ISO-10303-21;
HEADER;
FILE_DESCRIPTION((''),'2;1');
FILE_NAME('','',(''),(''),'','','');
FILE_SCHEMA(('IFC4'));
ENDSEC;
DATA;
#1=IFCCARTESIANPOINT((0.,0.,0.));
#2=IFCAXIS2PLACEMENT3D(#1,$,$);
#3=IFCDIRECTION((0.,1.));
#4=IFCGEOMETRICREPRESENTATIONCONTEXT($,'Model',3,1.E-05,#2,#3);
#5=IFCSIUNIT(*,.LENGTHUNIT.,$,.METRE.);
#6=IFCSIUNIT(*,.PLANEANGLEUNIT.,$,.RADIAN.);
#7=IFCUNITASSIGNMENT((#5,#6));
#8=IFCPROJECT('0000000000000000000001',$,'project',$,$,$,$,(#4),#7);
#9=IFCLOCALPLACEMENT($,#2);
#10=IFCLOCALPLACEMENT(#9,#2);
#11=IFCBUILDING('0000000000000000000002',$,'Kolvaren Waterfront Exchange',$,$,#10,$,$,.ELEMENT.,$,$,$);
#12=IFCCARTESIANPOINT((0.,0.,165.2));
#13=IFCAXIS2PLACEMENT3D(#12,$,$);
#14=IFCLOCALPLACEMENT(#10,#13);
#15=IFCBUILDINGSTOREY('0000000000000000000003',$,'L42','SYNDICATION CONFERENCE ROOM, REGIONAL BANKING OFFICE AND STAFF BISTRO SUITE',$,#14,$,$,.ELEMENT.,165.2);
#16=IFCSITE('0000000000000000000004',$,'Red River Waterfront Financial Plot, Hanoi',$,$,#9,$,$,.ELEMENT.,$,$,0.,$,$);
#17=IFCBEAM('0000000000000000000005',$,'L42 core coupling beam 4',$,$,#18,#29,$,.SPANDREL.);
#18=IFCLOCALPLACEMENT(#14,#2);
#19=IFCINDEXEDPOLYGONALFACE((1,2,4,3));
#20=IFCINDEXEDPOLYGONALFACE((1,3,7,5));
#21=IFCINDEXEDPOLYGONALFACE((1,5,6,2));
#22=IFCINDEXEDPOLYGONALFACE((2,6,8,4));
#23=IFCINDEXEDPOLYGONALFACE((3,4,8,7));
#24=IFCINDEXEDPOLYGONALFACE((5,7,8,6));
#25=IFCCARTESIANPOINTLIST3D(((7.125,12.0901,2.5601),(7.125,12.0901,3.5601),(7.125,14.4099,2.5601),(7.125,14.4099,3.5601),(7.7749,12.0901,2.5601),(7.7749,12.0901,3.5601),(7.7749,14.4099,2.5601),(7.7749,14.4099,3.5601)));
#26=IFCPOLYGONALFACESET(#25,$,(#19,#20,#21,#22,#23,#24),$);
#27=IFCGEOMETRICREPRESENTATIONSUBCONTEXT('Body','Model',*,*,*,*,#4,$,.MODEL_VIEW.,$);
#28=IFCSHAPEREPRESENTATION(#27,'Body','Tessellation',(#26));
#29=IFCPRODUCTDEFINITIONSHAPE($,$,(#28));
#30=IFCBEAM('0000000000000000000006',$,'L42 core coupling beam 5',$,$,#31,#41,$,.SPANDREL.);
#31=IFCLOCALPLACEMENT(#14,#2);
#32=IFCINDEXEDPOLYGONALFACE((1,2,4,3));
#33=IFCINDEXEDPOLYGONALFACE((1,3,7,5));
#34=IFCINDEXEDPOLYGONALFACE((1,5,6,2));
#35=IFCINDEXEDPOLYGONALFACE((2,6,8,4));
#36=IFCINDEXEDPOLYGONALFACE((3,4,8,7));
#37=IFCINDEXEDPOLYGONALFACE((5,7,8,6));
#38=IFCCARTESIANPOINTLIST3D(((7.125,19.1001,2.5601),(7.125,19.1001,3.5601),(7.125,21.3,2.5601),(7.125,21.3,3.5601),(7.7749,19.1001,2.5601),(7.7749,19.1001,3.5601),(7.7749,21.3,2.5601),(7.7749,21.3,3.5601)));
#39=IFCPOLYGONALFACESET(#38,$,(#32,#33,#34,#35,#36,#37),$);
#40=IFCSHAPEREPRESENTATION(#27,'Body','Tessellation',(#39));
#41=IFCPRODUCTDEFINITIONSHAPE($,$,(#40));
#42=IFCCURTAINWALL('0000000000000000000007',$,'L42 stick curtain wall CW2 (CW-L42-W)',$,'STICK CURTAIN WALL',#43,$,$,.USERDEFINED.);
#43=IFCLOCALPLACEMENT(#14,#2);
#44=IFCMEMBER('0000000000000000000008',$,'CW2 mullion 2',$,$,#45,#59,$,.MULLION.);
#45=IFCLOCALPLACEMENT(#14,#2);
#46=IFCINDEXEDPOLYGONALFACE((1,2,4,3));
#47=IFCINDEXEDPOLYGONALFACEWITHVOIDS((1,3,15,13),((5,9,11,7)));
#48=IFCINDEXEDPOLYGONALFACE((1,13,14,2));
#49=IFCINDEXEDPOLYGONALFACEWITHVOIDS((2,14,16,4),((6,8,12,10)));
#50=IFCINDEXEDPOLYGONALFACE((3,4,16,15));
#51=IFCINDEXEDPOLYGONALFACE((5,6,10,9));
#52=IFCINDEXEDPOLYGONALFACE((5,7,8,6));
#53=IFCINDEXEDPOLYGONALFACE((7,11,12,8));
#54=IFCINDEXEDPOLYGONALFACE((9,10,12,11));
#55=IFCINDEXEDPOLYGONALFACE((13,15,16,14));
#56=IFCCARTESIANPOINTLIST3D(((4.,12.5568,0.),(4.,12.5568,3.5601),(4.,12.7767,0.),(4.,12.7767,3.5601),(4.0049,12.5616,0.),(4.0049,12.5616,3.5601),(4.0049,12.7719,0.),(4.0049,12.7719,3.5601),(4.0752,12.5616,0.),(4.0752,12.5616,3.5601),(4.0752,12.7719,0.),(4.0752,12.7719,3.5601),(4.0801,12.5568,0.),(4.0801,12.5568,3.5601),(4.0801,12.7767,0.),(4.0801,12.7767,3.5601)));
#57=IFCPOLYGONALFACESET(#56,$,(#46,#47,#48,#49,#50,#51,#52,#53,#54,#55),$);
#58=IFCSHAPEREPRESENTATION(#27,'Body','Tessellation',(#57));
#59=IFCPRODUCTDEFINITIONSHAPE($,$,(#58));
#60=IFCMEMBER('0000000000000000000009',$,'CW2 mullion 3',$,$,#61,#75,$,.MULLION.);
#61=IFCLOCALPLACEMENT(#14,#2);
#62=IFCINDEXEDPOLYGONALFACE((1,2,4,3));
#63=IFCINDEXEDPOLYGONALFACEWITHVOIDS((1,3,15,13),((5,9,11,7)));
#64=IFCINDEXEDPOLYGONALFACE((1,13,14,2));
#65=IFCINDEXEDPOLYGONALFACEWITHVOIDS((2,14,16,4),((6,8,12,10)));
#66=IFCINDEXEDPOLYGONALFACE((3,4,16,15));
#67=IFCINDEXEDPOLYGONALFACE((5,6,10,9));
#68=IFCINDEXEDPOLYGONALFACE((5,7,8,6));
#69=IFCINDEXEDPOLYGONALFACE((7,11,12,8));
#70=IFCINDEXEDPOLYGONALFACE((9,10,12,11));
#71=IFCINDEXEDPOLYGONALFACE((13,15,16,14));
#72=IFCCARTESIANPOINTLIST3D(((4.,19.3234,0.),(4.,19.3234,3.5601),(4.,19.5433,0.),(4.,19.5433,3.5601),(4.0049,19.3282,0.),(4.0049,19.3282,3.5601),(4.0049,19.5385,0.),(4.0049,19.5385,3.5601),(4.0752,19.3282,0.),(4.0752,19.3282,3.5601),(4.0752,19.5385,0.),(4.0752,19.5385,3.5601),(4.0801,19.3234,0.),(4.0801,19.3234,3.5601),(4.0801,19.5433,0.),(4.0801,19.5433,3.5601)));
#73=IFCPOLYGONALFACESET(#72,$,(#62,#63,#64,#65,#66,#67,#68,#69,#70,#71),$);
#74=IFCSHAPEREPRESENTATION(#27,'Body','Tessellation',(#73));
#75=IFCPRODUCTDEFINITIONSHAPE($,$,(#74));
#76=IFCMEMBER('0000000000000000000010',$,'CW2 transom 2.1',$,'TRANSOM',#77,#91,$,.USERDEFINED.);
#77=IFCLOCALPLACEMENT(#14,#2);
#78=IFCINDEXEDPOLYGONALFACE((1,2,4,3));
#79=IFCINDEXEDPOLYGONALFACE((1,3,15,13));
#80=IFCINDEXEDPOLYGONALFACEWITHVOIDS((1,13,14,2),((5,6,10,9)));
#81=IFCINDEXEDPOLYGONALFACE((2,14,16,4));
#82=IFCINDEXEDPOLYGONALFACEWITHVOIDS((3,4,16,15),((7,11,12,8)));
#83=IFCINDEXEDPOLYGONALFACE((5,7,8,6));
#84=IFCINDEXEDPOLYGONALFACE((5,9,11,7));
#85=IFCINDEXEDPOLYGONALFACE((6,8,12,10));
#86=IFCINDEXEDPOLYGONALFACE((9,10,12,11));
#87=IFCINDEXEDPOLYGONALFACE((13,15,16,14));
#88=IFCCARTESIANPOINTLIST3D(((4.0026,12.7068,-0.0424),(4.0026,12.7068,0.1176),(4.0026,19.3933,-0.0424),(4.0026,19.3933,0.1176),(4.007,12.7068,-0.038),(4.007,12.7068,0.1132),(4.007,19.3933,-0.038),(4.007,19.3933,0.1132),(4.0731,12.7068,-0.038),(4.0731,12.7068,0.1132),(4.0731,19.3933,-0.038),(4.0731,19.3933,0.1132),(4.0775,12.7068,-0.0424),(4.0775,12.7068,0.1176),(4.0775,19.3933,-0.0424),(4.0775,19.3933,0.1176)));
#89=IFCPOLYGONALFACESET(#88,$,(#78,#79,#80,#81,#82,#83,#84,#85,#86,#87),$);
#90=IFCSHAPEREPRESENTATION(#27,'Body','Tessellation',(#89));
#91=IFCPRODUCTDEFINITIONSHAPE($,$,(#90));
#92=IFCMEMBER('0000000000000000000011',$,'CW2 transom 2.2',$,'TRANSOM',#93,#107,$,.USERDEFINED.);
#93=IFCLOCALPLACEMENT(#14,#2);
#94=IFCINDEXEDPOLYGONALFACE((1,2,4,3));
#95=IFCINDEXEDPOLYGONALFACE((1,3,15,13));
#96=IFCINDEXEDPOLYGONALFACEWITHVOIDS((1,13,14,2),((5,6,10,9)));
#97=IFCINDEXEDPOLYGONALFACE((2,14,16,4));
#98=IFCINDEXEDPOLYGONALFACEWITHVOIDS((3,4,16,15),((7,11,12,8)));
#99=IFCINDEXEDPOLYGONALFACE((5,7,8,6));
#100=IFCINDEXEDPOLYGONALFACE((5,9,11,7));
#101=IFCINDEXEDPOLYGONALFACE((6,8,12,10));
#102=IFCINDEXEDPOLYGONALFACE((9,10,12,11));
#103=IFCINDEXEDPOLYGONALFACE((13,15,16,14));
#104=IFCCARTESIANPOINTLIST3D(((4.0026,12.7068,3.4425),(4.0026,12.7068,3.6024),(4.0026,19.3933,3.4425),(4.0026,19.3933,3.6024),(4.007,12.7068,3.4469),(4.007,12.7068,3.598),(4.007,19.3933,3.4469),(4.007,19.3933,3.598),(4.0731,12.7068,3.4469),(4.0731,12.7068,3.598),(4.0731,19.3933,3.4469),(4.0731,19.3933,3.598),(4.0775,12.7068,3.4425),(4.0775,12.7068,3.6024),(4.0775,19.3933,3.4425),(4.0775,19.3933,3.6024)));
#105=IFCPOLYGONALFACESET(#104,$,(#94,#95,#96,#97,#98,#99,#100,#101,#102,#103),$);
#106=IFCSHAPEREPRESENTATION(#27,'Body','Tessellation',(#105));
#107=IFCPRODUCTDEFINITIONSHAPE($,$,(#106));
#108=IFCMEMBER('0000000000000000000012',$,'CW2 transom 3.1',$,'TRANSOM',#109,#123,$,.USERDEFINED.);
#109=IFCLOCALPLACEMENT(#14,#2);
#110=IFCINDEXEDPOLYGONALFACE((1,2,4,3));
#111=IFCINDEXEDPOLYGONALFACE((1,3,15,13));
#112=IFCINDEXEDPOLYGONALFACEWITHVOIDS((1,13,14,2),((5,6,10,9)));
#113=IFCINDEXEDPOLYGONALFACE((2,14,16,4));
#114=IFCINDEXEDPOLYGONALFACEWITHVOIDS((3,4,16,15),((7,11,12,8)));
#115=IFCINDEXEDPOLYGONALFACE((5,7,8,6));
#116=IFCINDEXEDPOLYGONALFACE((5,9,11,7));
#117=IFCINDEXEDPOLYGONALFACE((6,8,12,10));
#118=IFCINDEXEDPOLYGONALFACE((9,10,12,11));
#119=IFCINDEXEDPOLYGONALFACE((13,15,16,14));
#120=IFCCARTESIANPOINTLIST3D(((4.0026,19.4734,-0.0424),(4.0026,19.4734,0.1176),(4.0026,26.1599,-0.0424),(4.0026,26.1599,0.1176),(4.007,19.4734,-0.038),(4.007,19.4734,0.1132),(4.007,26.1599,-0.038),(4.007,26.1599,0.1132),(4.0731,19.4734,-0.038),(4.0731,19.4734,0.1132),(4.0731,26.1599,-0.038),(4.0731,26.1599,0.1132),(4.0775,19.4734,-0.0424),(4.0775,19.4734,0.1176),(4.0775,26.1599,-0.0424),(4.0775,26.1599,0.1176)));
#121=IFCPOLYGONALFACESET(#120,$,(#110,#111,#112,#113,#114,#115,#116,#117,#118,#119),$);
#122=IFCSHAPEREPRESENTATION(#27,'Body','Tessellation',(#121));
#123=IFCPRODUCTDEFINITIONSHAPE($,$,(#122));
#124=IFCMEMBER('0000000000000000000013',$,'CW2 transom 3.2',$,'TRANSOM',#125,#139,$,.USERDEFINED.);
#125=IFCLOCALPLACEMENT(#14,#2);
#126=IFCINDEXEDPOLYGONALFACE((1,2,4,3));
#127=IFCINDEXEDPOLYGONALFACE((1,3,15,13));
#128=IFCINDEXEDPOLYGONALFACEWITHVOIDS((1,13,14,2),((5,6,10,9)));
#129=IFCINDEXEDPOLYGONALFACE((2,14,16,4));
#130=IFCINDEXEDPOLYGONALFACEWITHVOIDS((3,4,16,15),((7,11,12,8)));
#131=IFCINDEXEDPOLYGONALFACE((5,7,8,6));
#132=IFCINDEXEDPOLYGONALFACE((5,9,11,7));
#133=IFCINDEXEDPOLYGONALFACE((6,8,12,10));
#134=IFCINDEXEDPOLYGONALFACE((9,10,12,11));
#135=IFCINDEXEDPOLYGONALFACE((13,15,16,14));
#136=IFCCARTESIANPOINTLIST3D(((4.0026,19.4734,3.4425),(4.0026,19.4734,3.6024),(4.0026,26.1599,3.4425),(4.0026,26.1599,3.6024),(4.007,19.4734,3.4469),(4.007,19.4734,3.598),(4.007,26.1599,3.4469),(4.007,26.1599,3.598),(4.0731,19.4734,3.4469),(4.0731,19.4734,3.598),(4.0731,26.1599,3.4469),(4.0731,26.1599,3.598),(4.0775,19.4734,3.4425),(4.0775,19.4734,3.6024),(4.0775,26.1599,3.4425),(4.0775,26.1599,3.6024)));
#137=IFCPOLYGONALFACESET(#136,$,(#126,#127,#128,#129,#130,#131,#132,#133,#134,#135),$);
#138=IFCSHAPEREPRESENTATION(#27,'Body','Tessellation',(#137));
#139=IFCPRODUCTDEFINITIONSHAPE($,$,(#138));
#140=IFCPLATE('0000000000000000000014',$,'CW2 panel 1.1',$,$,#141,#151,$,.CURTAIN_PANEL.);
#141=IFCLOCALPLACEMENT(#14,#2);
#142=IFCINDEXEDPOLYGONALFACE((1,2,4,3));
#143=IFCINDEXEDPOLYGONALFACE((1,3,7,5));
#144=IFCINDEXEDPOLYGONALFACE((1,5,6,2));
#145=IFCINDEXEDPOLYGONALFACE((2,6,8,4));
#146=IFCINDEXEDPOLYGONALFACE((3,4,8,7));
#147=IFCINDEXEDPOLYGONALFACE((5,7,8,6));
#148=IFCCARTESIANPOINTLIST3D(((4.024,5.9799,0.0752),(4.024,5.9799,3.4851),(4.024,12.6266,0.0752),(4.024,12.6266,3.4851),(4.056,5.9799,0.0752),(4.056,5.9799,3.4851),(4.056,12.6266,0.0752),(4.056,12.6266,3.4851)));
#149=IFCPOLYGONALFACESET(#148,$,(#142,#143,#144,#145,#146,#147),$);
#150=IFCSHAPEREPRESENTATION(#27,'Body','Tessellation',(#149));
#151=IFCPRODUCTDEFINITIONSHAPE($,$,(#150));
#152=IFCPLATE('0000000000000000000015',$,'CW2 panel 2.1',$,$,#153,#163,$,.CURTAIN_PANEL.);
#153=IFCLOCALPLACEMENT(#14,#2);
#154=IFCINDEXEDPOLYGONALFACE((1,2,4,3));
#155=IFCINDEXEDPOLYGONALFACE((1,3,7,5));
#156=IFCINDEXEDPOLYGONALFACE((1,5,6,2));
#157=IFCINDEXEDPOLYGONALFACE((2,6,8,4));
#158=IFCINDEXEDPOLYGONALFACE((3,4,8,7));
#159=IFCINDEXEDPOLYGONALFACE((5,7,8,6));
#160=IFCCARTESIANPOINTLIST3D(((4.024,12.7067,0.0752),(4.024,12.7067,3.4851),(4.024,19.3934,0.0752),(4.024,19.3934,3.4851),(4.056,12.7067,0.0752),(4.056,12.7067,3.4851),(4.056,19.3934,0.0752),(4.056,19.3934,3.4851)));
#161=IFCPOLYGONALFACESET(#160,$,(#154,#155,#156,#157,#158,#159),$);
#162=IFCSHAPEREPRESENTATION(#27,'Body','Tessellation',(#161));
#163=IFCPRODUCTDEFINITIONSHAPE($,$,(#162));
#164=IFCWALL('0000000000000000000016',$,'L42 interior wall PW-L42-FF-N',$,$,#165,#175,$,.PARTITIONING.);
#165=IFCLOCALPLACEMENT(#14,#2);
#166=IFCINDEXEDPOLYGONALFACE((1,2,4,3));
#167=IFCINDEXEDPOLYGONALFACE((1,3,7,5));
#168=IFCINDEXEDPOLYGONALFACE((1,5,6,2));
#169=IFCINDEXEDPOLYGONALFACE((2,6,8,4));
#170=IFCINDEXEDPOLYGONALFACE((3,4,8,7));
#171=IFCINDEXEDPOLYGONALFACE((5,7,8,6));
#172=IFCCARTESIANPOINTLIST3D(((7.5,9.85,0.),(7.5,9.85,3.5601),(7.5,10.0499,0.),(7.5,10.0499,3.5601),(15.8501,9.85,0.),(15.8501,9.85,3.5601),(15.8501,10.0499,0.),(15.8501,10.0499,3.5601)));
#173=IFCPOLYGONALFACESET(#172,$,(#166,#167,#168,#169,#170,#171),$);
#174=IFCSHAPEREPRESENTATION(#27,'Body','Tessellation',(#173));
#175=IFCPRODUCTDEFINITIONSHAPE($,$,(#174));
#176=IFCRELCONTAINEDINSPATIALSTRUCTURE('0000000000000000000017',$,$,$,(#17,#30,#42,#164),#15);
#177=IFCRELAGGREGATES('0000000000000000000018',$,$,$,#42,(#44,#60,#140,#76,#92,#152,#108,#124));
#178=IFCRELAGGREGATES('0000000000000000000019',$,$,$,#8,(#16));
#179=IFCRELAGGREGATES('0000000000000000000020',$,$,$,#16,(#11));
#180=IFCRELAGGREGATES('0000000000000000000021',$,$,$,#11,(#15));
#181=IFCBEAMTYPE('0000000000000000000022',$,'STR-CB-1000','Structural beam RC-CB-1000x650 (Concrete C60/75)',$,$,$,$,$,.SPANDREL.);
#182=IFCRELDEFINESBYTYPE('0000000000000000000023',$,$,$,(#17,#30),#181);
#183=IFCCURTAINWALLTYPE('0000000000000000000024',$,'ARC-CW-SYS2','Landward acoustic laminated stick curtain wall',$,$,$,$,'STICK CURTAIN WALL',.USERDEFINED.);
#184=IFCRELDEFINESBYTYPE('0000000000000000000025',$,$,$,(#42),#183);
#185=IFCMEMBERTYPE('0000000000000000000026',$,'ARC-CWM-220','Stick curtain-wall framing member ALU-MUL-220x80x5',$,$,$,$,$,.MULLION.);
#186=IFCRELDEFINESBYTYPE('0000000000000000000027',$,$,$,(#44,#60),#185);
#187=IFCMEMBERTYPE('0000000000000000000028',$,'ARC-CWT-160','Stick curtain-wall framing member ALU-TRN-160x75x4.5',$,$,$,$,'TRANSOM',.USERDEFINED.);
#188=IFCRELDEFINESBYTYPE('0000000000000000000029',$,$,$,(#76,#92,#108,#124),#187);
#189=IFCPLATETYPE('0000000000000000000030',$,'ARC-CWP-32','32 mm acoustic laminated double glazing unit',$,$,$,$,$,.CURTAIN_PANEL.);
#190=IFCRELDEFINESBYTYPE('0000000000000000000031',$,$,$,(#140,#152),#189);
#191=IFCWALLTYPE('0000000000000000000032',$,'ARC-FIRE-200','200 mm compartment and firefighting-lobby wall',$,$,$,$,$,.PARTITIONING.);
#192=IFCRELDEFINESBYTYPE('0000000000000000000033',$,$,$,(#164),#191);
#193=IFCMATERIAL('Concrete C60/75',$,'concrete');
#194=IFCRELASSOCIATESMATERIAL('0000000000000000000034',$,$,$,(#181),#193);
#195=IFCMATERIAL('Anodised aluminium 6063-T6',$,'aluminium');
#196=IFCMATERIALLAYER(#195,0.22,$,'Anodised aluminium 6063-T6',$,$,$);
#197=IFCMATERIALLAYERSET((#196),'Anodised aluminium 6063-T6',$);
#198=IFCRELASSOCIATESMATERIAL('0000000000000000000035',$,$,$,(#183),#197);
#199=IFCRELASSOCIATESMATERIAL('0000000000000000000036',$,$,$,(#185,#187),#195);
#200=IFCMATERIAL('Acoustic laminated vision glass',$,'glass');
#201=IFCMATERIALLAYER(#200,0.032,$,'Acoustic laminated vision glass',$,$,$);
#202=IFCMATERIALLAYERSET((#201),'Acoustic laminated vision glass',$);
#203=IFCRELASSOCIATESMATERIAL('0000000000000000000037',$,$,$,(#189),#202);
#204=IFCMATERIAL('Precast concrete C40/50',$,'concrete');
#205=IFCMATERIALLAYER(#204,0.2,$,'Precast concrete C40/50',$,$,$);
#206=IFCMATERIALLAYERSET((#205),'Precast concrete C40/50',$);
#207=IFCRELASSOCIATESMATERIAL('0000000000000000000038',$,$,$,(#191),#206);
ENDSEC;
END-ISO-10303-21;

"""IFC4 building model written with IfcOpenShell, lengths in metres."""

from ifc_helpers import new_model, si_unit, direction, frame, frame_2d, origin, origin_with_axes, origin_2d, place, context, subcontext, project, spatial, rectangle, hollow_rectangle, extrude, source, transform, mapped, material, layer, layer_set, material_profile, profile_set, type_object, element, aggregate, save


model = new_model("IFC4")

# Units and contexts
model_context = context("Model", 3, precision=1e-05, world=origin(), true_north=direction((0.0, 1.0)))
body_context = subcontext(model_context, "Body", "Model", "MODEL_VIEW")
ifc_project = project(units=[si_unit("LENGTHUNIT", "METRE"), si_unit("PLANEANGLEUNIT", "RADIAN")], contexts=[model_context])

# Site, building, storey
site_placement = place(None, origin())
site = spatial("IfcSite", under=ifc_project, at=site_placement, Name="Red River Waterfront Financial Plot, Hanoi", CompositionType="ELEMENT", RefElevation=0.0)
building_placement = place(site_placement, origin())
building = spatial("IfcBuilding", under=site, at=building_placement, Name="Kolvaren Waterfront Exchange", CompositionType="ELEMENT")
storey_placement = place(building_placement, frame((0.0, 0.0, 165.2)))
storey = spatial("IfcBuildingStorey", under=building, at=storey_placement, Name="L42", Description="SYNDICATION CONFERENCE ROOM, REGIONAL BANKING OFFICE AND STAFF BISTRO SUITE", CompositionType="ELEMENT", Elevation=165.2)

# Beams
ifc_material_1 = material(Name="Concrete C60/75", Category="concrete")
ifc_material_profile_1 = material_profile(ifc_material_1, rectangle(XDim=0.6499, YDim=1.0, at=origin_2d()), Name="RC-CB-1000x650")
ifc_profile_set_1 = profile_set([ifc_material_profile_1], Name="Concrete C60/75")
beam_type = type_object("IfcBeamType", Name="STR-CB-1000", Description="Structural beam RC-CB-1000x650 (Concrete C60/75)", PredefinedType="SPANDREL", material=ifc_profile_set_1)
beam_1_placement = place(storey_placement, frame((7.45, 12.0901, 3.0601), z_axis=(0.0, 1.0, 0.0), x_axis=(-1.0, 0.0, 0.0)))
element("IfcBeam", 1, at=beam_1_placement, inside=storey, type_object=beam_type, Name="L42 core coupling beam 4", PredefinedType="SPANDREL", context=body_context, shape_type="SweptSolid", body=[
    extrude(rectangle(XDim=0.6499, YDim=1.0, at=origin_2d()), origin(), (0.0, 0.0, 1.0), 2.3198),
])
beam_2_placement = place(storey_placement, frame((7.45, 19.1001, 3.0601), z_axis=(0.0, 1.0, 0.0), x_axis=(-1.0, 0.0, 0.0)))
element("IfcBeam", 2, at=beam_2_placement, inside=storey, type_object=beam_type, Name="L42 core coupling beam 5", PredefinedType="SPANDREL", context=body_context, shape_type="SweptSolid", body=[
    extrude(rectangle(XDim=0.6499, YDim=1.0, at=origin_2d()), origin(), (0.0, 0.0, 1.0), 2.2),
])

# Curtain wall, members, plates
ifc_material_2 = material(Name="Anodised aluminium 6063-T6", Category="aluminium")
ifc_layer_1 = layer(ifc_material_2, 0.22, Name="Anodised aluminium 6063-T6")
ifc_layer_set_1 = layer_set([ifc_layer_1], Name="Anodised aluminium 6063-T6")
curtain_wall_type = type_object("IfcCurtainWallType", Name="ARC-CW-SYS2", Description="Landward acoustic laminated stick curtain wall", ElementType="STICK CURTAIN WALL", PredefinedType="USERDEFINED", material=ifc_layer_set_1)
curtain_wall_placement = place(storey_placement, origin())
curtain_wall = element("IfcCurtainWall", 3, at=curtain_wall_placement, inside=storey, type_object=curtain_wall_type, Name="L42 stick curtain wall CW2 (CW-L42-W)", ObjectType="STICK CURTAIN WALL", PredefinedType="USERDEFINED")
ifc_material_profile_2 = material_profile(ifc_material_2, hollow_rectangle(XDim=0.0801, YDim=0.22, WallThickness=0.0049, at=origin_2d()), Name="ALU-MUL-220x80x5")
ifc_profile_set_2 = profile_set([ifc_material_profile_2], Name="Anodised aluminium 6063-T6")
member_type_1 = type_object("IfcMemberType", Name="ARC-CWM-220", Description="Stick curtain-wall framing member ALU-MUL-220x80x5", PredefinedType="MULLION", material=ifc_profile_set_2)
shared_shape_1 = source(origin_with_axes(), body_context, "Body", "SweptSolid", [
    extrude(hollow_rectangle(XDim=0.0801, YDim=0.22, WallThickness=0.0049, at=origin_2d()), origin(), (0.0, 0.0, 1.0), 3.5601),
])
member_1_placement = place(storey_placement, frame((4.04, 12.6667, 0.0), z_axis=(0.0, 0.0, 1.0), x_axis=(-1.0, 0.0, 0.0)))
member_1 = element("IfcMember", 4, at=member_1_placement, type_object=member_type_1, Name="CW2 mullion 2", PredefinedType="MULLION", context=body_context, shape_type="MappedRepresentation", body=[
    mapped(shared_shape_1, transform((0.0, 0.0, 0.0), x_axis=(1.0, 0.0, 0.0), y_axis=(0.0, 1.0, 0.0), z_axis=(0.0, 0.0, 1.0), scale=1.0)),
])
member_2_placement = place(storey_placement, frame((4.04, 19.4333, 0.0), z_axis=(0.0, 0.0, 1.0), x_axis=(-1.0, 0.0, 0.0)))
member_2 = element("IfcMember", 5, at=member_2_placement, type_object=member_type_1, Name="CW2 mullion 3", PredefinedType="MULLION", context=body_context, shape_type="MappedRepresentation", body=[
    mapped(shared_shape_1, transform((0.0, 0.0, 0.0), x_axis=(1.0, 0.0, 0.0), y_axis=(0.0, 1.0, 0.0), z_axis=(0.0, 0.0, 1.0), scale=1.0)),
])
ifc_material_profile_3 = material_profile(ifc_material_2, hollow_rectangle(XDim=0.075, YDim=0.1599, WallThickness=0.0044, at=origin_2d()), Name="ALU-TRN-160x75x4.5")
ifc_profile_set_3 = profile_set([ifc_material_profile_3], Name="Anodised aluminium 6063-T6")
member_type_2 = type_object("IfcMemberType", Name="ARC-CWT-160", Description="Stick curtain-wall framing member ALU-TRN-160x75x4.5", ElementType="TRANSOM", PredefinedType="USERDEFINED", material=ifc_profile_set_3)
shared_shape_2 = source(origin_with_axes(), body_context, "Body", "SweptSolid", [
    extrude(hollow_rectangle(XDim=0.075, YDim=0.1599, WallThickness=0.0044, at=origin_2d()), origin(), (0.0, 0.0, 1.0), 6.6865),
])
member_3_placement = place(storey_placement, frame((4.04, 12.7068, 0.0376), z_axis=(0.0, 1.0, 0.0), x_axis=(-1.0, 0.0, 0.0)))
member_3 = element("IfcMember", 6, at=member_3_placement, type_object=member_type_2, Name="CW2 transom 2.1", ObjectType="TRANSOM", PredefinedType="USERDEFINED", context=body_context, shape_type="MappedRepresentation", body=[
    mapped(shared_shape_2, transform((0.0, 0.0, 0.0), x_axis=(1.0, 0.0, 0.0), y_axis=(0.0, 1.0, 0.0), z_axis=(0.0, 0.0, 1.0), scale=1.0)),
])
member_4_placement = place(storey_placement, frame((4.04, 12.7068, 3.5225), z_axis=(0.0, 1.0, 0.0), x_axis=(-1.0, 0.0, 0.0)))
member_4 = element("IfcMember", 7, at=member_4_placement, type_object=member_type_2, Name="CW2 transom 2.2", ObjectType="TRANSOM", PredefinedType="USERDEFINED", context=body_context, shape_type="MappedRepresentation", body=[
    mapped(shared_shape_2, transform((0.0, 0.0, 0.0), x_axis=(1.0, 0.0, 0.0), y_axis=(0.0, 1.0, 0.0), z_axis=(0.0, 0.0, 1.0), scale=1.0)),
])
member_5_placement = place(storey_placement, frame((4.04, 19.4734, 0.0376), z_axis=(0.0, 1.0, 0.0), x_axis=(-1.0, 0.0, 0.0)))
member_5 = element("IfcMember", 8, at=member_5_placement, type_object=member_type_2, Name="CW2 transom 3.1", ObjectType="TRANSOM", PredefinedType="USERDEFINED", context=body_context, shape_type="MappedRepresentation", body=[
    mapped(shared_shape_2, transform((0.0, 0.0, 0.0), x_axis=(1.0, 0.0, 0.0), y_axis=(0.0, 1.0, 0.0), z_axis=(0.0, 0.0, 1.0), scale=1.0)),
])
member_6_placement = place(storey_placement, frame((4.04, 19.4734, 3.5225), z_axis=(0.0, 1.0, 0.0), x_axis=(-1.0, 0.0, 0.0)))
member_6 = element("IfcMember", 9, at=member_6_placement, type_object=member_type_2, Name="CW2 transom 3.2", ObjectType="TRANSOM", PredefinedType="USERDEFINED", context=body_context, shape_type="MappedRepresentation", body=[
    mapped(shared_shape_2, transform((0.0, 0.0, 0.0), x_axis=(1.0, 0.0, 0.0), y_axis=(0.0, 1.0, 0.0), z_axis=(0.0, 0.0, 1.0), scale=1.0)),
])
ifc_material_3 = material(Name="Acoustic laminated vision glass", Category="glass")
ifc_layer_2 = layer(ifc_material_3, 0.032, Name="Acoustic laminated vision glass")
ifc_layer_set_2 = layer_set([ifc_layer_2], Name="Acoustic laminated vision glass")
plate_type = type_object("IfcPlateType", Name="ARC-CWP-32", Description="32 mm acoustic laminated double glazing unit", PredefinedType="CURTAIN_PANEL", material=ifc_layer_set_2)
shared_shape_3 = source(origin_with_axes(), body_context, "Body", "SweptSolid", [
    extrude(rectangle(XDim=6.6467, YDim=0.032, at=origin_2d()), origin(), (0.0, 0.0, 1.0), 3.4099),
])
plate_1_placement = place(storey_placement, frame((4.04, 9.3032, 0.0752), z_axis=(0.0, 0.0, 1.0), x_axis=(0.0, 1.0, 0.0)))
plate_1 = element("IfcPlate", 10, at=plate_1_placement, type_object=plate_type, Name="CW2 panel 1.1", PredefinedType="CURTAIN_PANEL", context=body_context, shape_type="MappedRepresentation", body=[
    mapped(shared_shape_3, transform((0.0, 0.0, 0.0), x_axis=(1.0, 0.0, 0.0), y_axis=(0.0, 1.0, 0.0), z_axis=(0.0, 0.0, 1.0), scale=1.0)),
])
shared_shape_4 = source(origin_with_axes(), body_context, "Body", "SweptSolid", [
    extrude(rectangle(XDim=6.6868, YDim=0.032, at=origin_2d()), origin(), (0.0, 0.0, 1.0), 3.4099),
])
plate_2_placement = place(storey_placement, frame((4.04, 16.05, 0.0752), z_axis=(0.0, 0.0, 1.0), x_axis=(0.0, 1.0, 0.0)))
plate_2 = element("IfcPlate", 11, at=plate_2_placement, type_object=plate_type, Name="CW2 panel 2.1", PredefinedType="CURTAIN_PANEL", context=body_context, shape_type="MappedRepresentation", body=[
    mapped(shared_shape_4, transform((0.0, 0.0, 0.0), x_axis=(1.0, 0.0, 0.0), y_axis=(0.0, 1.0, 0.0), z_axis=(0.0, 0.0, 1.0), scale=1.0)),
])
aggregate(curtain_wall, [member_1, member_2, plate_1, member_3, member_4, plate_2, member_5, member_6])

# Wall
ifc_material_4 = material(Name="Precast concrete C40/50", Category="concrete")
ifc_layer_3 = layer(ifc_material_4, 0.2, Name="Precast concrete C40/50")
ifc_layer_set_3 = layer_set([ifc_layer_3], Name="Precast concrete C40/50")
wall_type_1 = type_object("IfcWallType", Name="ARC-FIRE-200", Description="200 mm compartment and firefighting-lobby wall", PredefinedType="PARTITIONING", material=ifc_layer_set_3)
wall_1_placement = place(storey_placement, frame((7.5, 9.95, 0.0), z_axis=(0.0, 0.0, 1.0), x_axis=(1.0, 0.0, 0.0)))
element("IfcWall", 12, at=wall_1_placement, inside=storey, type_object=wall_type_1, Name="L42 interior wall PW-L42-FF-N", PredefinedType="PARTITIONING", context=body_context, shape_type="SweptSolid", body=[
    extrude(rectangle(XDim=8.3501, YDim=0.2, at=frame_2d((4.175, 0.0))), origin(), (0.0, 0.0, 1.0), 3.5601),
])

save(model, "model.ifc")
